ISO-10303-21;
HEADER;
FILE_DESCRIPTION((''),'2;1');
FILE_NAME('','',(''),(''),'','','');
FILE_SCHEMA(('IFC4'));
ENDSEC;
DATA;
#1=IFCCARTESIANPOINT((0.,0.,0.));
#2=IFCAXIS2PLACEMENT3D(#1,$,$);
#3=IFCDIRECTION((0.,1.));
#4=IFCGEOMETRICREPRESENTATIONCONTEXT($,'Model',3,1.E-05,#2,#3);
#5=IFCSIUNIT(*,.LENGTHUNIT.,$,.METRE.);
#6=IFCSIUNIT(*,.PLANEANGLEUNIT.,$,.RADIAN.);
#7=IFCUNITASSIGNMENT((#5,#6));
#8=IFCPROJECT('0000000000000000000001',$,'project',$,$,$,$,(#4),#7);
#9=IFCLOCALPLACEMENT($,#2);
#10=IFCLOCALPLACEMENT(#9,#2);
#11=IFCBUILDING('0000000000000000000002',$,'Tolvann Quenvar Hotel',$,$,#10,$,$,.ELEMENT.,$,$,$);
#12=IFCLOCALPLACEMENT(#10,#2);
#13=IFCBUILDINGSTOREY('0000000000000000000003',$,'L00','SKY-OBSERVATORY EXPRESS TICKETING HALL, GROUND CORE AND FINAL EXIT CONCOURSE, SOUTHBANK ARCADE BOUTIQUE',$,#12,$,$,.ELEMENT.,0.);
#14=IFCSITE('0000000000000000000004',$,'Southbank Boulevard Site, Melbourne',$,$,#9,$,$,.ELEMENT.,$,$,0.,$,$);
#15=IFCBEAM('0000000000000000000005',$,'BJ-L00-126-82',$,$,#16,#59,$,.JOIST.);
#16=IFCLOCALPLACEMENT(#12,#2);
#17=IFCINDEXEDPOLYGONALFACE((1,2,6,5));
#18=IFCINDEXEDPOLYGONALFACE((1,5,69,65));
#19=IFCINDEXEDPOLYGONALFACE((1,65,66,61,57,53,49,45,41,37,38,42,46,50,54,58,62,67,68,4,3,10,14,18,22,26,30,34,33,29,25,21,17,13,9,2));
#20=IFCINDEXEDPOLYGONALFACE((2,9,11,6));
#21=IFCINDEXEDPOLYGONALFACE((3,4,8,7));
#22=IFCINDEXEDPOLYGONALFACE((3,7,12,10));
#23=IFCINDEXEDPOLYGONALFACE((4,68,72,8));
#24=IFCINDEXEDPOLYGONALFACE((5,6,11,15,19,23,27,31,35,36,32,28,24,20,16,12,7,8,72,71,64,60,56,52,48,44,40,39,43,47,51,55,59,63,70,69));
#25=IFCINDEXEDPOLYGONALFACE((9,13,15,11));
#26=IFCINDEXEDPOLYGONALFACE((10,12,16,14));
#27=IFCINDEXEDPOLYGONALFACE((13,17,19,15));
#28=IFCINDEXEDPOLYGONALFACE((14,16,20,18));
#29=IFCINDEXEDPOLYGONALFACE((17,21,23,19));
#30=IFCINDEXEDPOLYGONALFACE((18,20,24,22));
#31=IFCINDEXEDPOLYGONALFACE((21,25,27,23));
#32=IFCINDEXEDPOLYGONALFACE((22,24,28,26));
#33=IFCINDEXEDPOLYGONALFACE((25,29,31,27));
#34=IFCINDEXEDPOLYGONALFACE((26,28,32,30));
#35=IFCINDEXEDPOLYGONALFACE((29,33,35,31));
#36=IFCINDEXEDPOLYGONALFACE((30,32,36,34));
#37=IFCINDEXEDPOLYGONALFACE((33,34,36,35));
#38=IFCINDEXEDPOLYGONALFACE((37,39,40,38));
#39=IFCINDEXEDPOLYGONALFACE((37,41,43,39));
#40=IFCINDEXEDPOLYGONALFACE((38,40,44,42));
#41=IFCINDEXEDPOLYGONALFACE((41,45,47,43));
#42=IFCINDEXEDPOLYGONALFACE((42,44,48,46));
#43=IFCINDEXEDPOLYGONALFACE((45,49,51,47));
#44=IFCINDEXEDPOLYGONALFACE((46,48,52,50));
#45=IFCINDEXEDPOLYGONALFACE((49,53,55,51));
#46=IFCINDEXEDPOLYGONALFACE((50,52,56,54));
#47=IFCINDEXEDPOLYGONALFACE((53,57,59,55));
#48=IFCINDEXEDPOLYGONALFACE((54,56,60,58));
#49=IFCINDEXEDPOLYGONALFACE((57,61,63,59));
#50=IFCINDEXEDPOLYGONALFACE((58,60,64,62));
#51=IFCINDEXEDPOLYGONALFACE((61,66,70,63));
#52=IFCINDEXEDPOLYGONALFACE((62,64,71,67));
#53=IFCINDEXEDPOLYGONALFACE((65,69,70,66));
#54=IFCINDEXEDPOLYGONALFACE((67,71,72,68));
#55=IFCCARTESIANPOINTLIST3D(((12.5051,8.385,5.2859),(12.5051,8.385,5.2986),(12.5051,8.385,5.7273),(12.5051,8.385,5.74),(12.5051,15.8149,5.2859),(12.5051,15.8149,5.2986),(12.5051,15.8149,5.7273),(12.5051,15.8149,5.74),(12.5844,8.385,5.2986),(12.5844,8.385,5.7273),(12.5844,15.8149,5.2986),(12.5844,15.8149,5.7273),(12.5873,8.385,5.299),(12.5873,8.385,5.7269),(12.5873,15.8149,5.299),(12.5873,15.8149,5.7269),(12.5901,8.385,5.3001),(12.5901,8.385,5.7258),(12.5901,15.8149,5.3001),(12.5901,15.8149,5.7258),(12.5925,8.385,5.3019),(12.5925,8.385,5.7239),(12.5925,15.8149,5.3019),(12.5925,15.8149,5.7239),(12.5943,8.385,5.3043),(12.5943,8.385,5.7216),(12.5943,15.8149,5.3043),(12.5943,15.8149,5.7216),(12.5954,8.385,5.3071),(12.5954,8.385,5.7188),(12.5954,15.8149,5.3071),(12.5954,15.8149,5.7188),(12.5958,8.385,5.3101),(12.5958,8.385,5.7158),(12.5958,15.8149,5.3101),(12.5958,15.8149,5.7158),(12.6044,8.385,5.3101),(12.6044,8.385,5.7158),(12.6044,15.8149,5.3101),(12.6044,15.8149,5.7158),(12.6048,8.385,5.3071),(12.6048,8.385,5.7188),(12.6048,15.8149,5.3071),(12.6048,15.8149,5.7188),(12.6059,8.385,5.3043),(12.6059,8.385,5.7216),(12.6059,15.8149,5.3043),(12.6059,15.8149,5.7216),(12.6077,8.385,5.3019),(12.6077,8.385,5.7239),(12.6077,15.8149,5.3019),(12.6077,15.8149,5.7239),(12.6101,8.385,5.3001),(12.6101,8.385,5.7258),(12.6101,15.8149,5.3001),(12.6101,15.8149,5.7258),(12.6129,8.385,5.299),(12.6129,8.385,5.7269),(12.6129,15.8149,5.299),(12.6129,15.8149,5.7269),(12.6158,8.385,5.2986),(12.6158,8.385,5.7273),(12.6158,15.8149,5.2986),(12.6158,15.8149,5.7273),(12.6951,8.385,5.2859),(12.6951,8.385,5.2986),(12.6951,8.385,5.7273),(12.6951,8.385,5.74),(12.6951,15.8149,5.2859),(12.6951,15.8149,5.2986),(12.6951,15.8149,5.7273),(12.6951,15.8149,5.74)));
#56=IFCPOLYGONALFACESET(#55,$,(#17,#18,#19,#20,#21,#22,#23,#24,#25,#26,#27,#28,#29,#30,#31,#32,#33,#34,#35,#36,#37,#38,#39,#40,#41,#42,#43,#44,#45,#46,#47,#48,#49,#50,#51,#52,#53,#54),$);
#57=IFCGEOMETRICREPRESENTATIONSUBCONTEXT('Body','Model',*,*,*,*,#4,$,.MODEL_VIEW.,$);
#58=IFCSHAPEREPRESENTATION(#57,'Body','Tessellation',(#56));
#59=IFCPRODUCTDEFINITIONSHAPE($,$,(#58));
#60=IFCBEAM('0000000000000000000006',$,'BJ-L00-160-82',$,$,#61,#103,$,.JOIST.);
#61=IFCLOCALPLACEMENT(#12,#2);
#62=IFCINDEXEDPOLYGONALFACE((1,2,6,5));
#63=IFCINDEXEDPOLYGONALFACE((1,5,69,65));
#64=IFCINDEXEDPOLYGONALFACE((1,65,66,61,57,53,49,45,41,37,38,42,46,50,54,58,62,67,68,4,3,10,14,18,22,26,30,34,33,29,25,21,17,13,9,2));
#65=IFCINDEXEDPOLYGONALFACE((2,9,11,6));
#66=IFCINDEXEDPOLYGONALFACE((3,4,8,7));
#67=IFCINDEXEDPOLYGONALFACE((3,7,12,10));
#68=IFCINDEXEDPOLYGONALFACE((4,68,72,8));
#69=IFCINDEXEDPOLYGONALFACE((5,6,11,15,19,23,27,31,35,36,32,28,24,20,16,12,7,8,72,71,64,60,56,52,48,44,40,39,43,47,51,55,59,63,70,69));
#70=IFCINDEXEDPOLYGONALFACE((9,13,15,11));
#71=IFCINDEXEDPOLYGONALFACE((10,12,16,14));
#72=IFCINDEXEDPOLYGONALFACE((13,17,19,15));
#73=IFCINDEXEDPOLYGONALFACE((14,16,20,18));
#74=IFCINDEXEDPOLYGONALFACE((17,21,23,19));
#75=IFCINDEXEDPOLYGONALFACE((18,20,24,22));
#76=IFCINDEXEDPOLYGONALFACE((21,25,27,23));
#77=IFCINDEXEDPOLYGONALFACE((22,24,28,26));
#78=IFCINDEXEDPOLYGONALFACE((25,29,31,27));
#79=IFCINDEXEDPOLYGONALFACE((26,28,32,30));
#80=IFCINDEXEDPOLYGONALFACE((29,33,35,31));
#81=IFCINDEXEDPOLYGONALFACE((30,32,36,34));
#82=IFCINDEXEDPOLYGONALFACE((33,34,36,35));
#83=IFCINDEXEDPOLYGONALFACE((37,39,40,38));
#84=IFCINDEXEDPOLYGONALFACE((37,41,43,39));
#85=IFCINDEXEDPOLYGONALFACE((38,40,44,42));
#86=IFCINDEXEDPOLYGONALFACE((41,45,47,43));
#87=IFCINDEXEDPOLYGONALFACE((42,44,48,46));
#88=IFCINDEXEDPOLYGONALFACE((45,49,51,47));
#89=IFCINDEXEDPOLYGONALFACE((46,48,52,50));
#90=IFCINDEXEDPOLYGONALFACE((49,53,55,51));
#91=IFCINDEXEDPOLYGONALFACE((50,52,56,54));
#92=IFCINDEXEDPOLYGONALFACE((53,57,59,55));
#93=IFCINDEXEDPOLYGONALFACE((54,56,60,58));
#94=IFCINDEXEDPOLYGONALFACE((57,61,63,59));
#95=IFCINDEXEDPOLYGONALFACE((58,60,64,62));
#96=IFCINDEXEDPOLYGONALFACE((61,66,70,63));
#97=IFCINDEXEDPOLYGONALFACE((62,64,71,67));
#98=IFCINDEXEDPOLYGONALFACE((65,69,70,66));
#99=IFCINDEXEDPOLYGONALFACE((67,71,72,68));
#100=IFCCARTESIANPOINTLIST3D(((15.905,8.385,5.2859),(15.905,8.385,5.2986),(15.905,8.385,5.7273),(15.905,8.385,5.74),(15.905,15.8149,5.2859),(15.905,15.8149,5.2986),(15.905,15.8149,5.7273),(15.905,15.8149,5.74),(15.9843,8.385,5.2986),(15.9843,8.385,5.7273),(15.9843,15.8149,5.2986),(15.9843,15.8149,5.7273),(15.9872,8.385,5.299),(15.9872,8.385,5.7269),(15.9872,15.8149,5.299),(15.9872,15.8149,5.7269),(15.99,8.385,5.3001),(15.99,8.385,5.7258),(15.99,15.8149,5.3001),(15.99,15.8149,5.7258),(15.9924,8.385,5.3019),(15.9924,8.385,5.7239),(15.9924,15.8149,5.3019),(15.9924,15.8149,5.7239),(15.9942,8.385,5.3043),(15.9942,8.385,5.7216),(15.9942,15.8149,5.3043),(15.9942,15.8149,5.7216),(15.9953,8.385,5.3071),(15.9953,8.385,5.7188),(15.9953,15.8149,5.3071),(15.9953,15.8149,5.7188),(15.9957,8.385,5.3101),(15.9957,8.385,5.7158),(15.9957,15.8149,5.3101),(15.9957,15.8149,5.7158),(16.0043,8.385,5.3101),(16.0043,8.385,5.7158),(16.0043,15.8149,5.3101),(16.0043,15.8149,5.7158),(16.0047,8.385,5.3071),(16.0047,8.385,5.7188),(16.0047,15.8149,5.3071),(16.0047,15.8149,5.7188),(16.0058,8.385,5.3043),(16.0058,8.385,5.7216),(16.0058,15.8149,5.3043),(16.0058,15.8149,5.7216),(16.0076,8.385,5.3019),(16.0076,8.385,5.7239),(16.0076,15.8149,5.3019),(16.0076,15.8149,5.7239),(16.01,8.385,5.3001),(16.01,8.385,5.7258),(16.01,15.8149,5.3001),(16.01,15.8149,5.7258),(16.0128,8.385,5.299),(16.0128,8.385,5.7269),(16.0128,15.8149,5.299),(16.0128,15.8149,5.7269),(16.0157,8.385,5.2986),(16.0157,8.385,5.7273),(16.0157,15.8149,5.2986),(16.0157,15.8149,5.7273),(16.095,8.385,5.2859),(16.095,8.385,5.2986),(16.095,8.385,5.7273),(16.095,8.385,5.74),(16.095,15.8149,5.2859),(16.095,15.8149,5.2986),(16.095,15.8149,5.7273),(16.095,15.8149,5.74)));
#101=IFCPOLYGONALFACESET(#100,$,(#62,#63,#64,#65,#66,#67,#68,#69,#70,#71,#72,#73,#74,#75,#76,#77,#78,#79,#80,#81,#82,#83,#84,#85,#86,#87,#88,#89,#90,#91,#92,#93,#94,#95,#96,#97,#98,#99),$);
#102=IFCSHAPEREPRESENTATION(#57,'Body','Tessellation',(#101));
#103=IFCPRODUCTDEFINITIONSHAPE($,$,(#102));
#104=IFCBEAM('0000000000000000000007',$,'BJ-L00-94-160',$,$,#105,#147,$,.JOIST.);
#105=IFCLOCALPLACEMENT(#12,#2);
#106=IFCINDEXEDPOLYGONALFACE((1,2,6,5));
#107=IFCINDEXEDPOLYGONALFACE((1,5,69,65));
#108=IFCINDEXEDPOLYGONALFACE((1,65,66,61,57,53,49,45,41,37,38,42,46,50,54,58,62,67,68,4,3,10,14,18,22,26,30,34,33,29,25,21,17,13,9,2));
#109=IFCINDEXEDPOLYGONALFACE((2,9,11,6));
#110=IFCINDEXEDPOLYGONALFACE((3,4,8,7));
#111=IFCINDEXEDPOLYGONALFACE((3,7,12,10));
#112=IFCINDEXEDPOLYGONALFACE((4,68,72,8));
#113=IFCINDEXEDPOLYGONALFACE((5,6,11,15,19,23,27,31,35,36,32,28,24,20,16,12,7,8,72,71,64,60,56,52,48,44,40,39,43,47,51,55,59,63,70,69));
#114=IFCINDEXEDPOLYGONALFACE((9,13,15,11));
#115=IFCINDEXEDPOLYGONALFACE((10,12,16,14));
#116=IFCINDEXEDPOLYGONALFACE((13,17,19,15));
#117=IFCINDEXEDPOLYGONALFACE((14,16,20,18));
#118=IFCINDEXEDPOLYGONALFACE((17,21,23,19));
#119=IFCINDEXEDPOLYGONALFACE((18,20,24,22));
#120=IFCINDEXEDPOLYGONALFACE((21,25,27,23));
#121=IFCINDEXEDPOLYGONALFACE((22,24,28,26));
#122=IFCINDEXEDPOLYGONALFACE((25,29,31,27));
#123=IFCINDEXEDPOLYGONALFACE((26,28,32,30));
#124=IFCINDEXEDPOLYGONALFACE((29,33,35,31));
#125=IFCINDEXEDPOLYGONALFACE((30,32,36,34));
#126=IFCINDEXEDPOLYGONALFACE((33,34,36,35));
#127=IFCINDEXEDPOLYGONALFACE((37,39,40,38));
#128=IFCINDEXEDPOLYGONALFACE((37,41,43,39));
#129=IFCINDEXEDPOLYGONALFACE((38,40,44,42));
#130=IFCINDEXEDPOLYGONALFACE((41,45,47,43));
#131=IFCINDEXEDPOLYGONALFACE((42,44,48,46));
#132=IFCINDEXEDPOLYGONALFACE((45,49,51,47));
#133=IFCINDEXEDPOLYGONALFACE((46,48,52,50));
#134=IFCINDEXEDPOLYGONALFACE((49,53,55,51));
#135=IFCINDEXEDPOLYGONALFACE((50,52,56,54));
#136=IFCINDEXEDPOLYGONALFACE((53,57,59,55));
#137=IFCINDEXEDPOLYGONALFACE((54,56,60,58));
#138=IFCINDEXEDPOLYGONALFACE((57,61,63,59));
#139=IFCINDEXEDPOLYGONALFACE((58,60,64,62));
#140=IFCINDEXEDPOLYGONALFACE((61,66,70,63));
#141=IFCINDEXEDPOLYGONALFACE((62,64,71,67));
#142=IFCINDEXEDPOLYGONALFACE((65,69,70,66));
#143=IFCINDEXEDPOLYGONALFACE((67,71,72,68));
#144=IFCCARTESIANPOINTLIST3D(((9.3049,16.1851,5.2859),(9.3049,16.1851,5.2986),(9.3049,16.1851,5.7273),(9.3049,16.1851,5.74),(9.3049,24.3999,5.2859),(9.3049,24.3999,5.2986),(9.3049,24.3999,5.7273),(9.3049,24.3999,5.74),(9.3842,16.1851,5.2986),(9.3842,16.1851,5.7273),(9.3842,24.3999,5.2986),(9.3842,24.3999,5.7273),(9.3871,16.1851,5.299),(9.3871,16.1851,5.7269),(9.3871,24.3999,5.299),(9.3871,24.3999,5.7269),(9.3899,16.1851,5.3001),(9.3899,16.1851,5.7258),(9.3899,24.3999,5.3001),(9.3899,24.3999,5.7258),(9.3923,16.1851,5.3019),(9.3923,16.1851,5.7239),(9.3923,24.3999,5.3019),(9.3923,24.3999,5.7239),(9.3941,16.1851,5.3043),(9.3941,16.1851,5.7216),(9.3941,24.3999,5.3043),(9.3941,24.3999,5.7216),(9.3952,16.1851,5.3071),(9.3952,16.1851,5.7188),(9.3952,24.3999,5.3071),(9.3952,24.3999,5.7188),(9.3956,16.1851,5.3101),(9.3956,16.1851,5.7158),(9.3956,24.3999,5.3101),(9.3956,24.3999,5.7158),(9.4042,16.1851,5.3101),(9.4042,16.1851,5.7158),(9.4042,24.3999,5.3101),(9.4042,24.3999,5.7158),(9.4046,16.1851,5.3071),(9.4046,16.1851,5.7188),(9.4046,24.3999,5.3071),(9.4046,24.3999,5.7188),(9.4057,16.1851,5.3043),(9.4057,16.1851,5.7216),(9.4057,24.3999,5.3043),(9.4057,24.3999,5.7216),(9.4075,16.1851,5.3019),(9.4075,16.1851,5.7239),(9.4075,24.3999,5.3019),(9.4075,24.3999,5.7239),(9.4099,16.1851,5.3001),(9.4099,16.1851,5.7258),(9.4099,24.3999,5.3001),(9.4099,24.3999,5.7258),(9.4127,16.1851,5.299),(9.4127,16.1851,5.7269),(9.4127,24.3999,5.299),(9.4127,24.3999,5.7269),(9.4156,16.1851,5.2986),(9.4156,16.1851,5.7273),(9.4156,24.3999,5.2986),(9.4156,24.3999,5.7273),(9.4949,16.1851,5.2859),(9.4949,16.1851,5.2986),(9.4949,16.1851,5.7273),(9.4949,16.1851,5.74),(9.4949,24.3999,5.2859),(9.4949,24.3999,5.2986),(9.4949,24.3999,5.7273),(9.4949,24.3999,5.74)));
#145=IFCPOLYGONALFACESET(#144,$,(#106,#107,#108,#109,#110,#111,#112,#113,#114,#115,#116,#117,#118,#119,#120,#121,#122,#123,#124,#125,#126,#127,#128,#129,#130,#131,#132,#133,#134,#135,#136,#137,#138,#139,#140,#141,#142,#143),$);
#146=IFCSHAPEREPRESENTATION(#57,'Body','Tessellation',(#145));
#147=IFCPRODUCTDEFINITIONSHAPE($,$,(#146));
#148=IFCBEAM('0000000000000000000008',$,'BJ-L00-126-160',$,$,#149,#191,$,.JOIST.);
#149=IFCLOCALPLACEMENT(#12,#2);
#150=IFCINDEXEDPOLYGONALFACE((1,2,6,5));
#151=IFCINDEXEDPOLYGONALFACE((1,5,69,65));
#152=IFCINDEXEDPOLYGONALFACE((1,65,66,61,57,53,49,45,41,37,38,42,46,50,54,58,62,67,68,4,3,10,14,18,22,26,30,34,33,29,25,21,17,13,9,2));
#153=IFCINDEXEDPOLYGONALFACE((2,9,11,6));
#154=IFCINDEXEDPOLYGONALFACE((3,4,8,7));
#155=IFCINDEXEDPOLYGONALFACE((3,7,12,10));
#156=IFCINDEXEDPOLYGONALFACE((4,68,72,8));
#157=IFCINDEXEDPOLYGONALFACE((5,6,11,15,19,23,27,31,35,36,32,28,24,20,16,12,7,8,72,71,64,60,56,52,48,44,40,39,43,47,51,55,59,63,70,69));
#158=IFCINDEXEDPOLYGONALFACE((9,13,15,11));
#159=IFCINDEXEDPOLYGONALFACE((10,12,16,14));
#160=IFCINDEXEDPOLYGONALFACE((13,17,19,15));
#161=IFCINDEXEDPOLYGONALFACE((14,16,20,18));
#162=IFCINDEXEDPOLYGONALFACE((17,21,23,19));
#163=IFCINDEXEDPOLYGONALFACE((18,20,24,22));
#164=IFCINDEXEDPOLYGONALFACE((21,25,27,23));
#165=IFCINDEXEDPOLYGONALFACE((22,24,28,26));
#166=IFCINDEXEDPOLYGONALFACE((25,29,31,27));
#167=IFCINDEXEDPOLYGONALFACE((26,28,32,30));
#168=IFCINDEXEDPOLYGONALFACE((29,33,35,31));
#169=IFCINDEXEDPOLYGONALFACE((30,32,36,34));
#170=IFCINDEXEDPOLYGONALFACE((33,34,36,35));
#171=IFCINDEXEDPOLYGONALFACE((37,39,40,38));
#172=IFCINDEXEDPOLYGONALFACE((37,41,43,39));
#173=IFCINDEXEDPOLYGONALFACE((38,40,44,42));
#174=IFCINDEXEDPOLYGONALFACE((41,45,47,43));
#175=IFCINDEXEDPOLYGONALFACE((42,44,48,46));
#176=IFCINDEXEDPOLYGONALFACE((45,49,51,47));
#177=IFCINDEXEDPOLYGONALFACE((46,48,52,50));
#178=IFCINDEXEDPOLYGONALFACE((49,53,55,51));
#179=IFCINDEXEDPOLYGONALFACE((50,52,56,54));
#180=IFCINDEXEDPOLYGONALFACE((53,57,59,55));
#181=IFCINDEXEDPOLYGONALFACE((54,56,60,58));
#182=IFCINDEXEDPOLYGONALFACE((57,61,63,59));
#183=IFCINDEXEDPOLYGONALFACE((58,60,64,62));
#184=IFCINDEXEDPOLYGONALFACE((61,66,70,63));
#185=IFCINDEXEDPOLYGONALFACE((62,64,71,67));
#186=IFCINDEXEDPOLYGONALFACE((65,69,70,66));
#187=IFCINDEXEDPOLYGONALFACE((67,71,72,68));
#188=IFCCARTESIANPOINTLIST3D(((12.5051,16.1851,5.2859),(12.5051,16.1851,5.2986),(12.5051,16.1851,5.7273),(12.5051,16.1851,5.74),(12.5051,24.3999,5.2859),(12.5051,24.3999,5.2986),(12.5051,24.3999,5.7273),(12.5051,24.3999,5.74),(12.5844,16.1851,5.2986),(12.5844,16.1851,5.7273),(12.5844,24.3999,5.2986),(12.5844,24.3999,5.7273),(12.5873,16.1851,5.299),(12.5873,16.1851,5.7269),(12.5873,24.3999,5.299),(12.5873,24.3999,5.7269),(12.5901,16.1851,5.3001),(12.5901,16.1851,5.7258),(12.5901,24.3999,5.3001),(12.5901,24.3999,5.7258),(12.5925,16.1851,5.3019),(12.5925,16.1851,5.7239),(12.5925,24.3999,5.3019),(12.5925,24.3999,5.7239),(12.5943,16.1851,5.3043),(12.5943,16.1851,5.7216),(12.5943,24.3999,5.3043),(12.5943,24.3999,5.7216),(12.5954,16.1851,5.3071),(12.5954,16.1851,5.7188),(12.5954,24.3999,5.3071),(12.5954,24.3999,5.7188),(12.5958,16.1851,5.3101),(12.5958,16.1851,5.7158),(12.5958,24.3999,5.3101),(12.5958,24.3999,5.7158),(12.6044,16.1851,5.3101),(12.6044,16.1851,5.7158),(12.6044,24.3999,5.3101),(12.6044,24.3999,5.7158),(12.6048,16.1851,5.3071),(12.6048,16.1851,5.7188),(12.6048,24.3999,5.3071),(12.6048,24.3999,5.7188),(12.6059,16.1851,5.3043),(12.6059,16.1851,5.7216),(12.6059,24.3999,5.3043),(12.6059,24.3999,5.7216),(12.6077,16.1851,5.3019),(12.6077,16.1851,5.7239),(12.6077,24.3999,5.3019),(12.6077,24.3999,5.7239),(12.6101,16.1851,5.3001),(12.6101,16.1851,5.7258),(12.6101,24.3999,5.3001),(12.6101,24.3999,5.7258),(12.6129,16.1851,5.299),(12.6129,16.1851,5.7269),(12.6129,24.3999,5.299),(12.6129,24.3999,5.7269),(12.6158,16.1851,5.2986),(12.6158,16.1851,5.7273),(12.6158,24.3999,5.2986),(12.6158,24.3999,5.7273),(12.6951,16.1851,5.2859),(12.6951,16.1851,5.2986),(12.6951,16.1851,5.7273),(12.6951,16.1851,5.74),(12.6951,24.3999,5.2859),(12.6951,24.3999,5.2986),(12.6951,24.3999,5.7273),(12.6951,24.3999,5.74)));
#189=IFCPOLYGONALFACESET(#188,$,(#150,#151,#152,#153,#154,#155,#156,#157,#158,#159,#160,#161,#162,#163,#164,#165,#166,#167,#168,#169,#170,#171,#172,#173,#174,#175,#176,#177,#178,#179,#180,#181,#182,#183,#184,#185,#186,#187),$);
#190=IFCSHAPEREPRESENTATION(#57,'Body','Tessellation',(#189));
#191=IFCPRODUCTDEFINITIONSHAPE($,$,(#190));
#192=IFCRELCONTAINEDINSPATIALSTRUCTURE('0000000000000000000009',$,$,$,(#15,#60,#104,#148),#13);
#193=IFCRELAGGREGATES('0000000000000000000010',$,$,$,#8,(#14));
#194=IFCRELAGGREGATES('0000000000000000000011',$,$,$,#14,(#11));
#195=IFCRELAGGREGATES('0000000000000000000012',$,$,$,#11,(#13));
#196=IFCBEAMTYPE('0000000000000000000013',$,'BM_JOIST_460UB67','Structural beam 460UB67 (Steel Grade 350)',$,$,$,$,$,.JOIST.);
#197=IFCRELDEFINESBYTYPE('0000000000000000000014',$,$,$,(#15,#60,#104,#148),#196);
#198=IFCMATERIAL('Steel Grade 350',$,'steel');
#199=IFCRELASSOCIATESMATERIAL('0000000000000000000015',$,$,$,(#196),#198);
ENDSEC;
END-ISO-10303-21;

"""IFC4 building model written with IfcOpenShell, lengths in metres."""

from ifc_helpers import new_model, si_unit, direction, frame, origin, origin_2d, place, context, subcontext, project, spatial, i_section, extrude, source, transform, mapped, material, material_profile, profile_set, type_object, type_shapes, element, save


model = new_model("IFC4")

# Units and contexts
model_context = context("Model", 3, precision=1e-05, world=origin(), true_north=direction((0.0, 1.0)))
body_context = subcontext(model_context, "Body", "Model", "MODEL_VIEW")
ifc_project = project(units=[si_unit("LENGTHUNIT", "METRE"), si_unit("PLANEANGLEUNIT", "RADIAN")], contexts=[model_context])

# Site, building, storey
site_placement = place(None, origin())
site = spatial("IfcSite", under=ifc_project, at=site_placement, Name="Southbank Boulevard Site, Melbourne", CompositionType="ELEMENT", RefElevation=0.0)
building_placement = place(site_placement, origin())
building = spatial("IfcBuilding", under=site, at=building_placement, Name="Tolvann Quenvar Hotel", CompositionType="ELEMENT")
storey_placement = place(building_placement, origin())
storey = spatial("IfcBuildingStorey", under=building, at=storey_placement, Name="L00", Description="SKY-OBSERVATORY EXPRESS TICKETING HALL, GROUND CORE AND FINAL EXIT CONCOURSE, SOUTHBANK ARCADE BOUTIQUE", CompositionType="ELEMENT", Elevation=0.0)

# Beams
ifc_material_1 = material(Name="Steel Grade 350", Category="steel")
ifc_material_profile_1 = material_profile(ifc_material_1, i_section(OverallWidth=0.1899, OverallDepth=0.4541, WebThickness=0.0085, FlangeThickness=0.0127, FilletRadius=0.0115, at=origin_2d()), Name="460UB67")
ifc_profile_set_1 = profile_set([ifc_material_profile_1], Name="Steel Grade 350")
beam_type_1 = type_object("IfcBeamType", Name="BM_JOIST_460UB67", Description="Structural beam 460UB67 (Steel Grade 350)", PredefinedType="JOIST", material=ifc_profile_set_1)
shared_shape_1 = source(origin(), body_context, "Body", "SweptSolid", [
    extrude(i_section(OverallWidth=0.1899, OverallDepth=0.4541, WebThickness=0.0085, FlangeThickness=0.0127, FilletRadius=0.0115, at=origin_2d()), origin(), (0.0, 0.0, 1.0), 7.4299),
])
for number, where, z_axis, x_axis, name in (
    (1, (12.6001, 8.385, 5.5129), (0.0, 1.0, 0.0), (-1.0, 0.0, 0.0), "BJ-L00-126-82"),
    (2, (16.0, 8.385, 5.5129), (0.0, 1.0, 0.0), (-1.0, 0.0, 0.0), "BJ-L00-160-82"),
):
    element("IfcBeam", number, at=place(storey_placement, frame(where, z_axis=z_axis, x_axis=x_axis)), inside=storey, type_object=beam_type_1, Name=name, PredefinedType="JOIST", context=body_context, shape_type="MappedRepresentation", body=[
        mapped(shared_shape_1, transform((0.0, 0.0, 0.0), x_axis=(1.0, 0.0, 0.0), y_axis=(0.0, 1.0, 0.0), z_axis=(0.0, 0.0, 1.0), scale=1.0)),
    ])
shared_shape_2 = source(origin(), body_context, "Body", "SweptSolid", [
    extrude(i_section(OverallWidth=0.1899, OverallDepth=0.4541, WebThickness=0.0085, FlangeThickness=0.0127, FilletRadius=0.0115, at=origin_2d()), origin(), (0.0, 0.0, 1.0), 8.2148),
])
type_shapes(beam_type_1, [shared_shape_1, shared_shape_2])
for number, where, z_axis, x_axis, name in (
    (3, (9.3999, 16.1851, 5.5129), (0.0, 1.0, 0.0), (-1.0, 0.0, 0.0), "BJ-L00-94-160"),
    (4, (12.6001, 16.1851, 5.5129), (0.0, 1.0, 0.0), (-1.0, 0.0, 0.0), "BJ-L00-126-160"),
):
    element("IfcBeam", number, at=place(storey_placement, frame(where, z_axis=z_axis, x_axis=x_axis)), inside=storey, type_object=beam_type_1, Name=name, PredefinedType="JOIST", context=body_context, shape_type="MappedRepresentation", body=[
        mapped(shared_shape_2, transform((0.0, 0.0, 0.0), x_axis=(1.0, 0.0, 0.0), y_axis=(0.0, 1.0, 0.0), z_axis=(0.0, 0.0, 1.0), scale=1.0)),
    ])

save(model, "model.ifc")
